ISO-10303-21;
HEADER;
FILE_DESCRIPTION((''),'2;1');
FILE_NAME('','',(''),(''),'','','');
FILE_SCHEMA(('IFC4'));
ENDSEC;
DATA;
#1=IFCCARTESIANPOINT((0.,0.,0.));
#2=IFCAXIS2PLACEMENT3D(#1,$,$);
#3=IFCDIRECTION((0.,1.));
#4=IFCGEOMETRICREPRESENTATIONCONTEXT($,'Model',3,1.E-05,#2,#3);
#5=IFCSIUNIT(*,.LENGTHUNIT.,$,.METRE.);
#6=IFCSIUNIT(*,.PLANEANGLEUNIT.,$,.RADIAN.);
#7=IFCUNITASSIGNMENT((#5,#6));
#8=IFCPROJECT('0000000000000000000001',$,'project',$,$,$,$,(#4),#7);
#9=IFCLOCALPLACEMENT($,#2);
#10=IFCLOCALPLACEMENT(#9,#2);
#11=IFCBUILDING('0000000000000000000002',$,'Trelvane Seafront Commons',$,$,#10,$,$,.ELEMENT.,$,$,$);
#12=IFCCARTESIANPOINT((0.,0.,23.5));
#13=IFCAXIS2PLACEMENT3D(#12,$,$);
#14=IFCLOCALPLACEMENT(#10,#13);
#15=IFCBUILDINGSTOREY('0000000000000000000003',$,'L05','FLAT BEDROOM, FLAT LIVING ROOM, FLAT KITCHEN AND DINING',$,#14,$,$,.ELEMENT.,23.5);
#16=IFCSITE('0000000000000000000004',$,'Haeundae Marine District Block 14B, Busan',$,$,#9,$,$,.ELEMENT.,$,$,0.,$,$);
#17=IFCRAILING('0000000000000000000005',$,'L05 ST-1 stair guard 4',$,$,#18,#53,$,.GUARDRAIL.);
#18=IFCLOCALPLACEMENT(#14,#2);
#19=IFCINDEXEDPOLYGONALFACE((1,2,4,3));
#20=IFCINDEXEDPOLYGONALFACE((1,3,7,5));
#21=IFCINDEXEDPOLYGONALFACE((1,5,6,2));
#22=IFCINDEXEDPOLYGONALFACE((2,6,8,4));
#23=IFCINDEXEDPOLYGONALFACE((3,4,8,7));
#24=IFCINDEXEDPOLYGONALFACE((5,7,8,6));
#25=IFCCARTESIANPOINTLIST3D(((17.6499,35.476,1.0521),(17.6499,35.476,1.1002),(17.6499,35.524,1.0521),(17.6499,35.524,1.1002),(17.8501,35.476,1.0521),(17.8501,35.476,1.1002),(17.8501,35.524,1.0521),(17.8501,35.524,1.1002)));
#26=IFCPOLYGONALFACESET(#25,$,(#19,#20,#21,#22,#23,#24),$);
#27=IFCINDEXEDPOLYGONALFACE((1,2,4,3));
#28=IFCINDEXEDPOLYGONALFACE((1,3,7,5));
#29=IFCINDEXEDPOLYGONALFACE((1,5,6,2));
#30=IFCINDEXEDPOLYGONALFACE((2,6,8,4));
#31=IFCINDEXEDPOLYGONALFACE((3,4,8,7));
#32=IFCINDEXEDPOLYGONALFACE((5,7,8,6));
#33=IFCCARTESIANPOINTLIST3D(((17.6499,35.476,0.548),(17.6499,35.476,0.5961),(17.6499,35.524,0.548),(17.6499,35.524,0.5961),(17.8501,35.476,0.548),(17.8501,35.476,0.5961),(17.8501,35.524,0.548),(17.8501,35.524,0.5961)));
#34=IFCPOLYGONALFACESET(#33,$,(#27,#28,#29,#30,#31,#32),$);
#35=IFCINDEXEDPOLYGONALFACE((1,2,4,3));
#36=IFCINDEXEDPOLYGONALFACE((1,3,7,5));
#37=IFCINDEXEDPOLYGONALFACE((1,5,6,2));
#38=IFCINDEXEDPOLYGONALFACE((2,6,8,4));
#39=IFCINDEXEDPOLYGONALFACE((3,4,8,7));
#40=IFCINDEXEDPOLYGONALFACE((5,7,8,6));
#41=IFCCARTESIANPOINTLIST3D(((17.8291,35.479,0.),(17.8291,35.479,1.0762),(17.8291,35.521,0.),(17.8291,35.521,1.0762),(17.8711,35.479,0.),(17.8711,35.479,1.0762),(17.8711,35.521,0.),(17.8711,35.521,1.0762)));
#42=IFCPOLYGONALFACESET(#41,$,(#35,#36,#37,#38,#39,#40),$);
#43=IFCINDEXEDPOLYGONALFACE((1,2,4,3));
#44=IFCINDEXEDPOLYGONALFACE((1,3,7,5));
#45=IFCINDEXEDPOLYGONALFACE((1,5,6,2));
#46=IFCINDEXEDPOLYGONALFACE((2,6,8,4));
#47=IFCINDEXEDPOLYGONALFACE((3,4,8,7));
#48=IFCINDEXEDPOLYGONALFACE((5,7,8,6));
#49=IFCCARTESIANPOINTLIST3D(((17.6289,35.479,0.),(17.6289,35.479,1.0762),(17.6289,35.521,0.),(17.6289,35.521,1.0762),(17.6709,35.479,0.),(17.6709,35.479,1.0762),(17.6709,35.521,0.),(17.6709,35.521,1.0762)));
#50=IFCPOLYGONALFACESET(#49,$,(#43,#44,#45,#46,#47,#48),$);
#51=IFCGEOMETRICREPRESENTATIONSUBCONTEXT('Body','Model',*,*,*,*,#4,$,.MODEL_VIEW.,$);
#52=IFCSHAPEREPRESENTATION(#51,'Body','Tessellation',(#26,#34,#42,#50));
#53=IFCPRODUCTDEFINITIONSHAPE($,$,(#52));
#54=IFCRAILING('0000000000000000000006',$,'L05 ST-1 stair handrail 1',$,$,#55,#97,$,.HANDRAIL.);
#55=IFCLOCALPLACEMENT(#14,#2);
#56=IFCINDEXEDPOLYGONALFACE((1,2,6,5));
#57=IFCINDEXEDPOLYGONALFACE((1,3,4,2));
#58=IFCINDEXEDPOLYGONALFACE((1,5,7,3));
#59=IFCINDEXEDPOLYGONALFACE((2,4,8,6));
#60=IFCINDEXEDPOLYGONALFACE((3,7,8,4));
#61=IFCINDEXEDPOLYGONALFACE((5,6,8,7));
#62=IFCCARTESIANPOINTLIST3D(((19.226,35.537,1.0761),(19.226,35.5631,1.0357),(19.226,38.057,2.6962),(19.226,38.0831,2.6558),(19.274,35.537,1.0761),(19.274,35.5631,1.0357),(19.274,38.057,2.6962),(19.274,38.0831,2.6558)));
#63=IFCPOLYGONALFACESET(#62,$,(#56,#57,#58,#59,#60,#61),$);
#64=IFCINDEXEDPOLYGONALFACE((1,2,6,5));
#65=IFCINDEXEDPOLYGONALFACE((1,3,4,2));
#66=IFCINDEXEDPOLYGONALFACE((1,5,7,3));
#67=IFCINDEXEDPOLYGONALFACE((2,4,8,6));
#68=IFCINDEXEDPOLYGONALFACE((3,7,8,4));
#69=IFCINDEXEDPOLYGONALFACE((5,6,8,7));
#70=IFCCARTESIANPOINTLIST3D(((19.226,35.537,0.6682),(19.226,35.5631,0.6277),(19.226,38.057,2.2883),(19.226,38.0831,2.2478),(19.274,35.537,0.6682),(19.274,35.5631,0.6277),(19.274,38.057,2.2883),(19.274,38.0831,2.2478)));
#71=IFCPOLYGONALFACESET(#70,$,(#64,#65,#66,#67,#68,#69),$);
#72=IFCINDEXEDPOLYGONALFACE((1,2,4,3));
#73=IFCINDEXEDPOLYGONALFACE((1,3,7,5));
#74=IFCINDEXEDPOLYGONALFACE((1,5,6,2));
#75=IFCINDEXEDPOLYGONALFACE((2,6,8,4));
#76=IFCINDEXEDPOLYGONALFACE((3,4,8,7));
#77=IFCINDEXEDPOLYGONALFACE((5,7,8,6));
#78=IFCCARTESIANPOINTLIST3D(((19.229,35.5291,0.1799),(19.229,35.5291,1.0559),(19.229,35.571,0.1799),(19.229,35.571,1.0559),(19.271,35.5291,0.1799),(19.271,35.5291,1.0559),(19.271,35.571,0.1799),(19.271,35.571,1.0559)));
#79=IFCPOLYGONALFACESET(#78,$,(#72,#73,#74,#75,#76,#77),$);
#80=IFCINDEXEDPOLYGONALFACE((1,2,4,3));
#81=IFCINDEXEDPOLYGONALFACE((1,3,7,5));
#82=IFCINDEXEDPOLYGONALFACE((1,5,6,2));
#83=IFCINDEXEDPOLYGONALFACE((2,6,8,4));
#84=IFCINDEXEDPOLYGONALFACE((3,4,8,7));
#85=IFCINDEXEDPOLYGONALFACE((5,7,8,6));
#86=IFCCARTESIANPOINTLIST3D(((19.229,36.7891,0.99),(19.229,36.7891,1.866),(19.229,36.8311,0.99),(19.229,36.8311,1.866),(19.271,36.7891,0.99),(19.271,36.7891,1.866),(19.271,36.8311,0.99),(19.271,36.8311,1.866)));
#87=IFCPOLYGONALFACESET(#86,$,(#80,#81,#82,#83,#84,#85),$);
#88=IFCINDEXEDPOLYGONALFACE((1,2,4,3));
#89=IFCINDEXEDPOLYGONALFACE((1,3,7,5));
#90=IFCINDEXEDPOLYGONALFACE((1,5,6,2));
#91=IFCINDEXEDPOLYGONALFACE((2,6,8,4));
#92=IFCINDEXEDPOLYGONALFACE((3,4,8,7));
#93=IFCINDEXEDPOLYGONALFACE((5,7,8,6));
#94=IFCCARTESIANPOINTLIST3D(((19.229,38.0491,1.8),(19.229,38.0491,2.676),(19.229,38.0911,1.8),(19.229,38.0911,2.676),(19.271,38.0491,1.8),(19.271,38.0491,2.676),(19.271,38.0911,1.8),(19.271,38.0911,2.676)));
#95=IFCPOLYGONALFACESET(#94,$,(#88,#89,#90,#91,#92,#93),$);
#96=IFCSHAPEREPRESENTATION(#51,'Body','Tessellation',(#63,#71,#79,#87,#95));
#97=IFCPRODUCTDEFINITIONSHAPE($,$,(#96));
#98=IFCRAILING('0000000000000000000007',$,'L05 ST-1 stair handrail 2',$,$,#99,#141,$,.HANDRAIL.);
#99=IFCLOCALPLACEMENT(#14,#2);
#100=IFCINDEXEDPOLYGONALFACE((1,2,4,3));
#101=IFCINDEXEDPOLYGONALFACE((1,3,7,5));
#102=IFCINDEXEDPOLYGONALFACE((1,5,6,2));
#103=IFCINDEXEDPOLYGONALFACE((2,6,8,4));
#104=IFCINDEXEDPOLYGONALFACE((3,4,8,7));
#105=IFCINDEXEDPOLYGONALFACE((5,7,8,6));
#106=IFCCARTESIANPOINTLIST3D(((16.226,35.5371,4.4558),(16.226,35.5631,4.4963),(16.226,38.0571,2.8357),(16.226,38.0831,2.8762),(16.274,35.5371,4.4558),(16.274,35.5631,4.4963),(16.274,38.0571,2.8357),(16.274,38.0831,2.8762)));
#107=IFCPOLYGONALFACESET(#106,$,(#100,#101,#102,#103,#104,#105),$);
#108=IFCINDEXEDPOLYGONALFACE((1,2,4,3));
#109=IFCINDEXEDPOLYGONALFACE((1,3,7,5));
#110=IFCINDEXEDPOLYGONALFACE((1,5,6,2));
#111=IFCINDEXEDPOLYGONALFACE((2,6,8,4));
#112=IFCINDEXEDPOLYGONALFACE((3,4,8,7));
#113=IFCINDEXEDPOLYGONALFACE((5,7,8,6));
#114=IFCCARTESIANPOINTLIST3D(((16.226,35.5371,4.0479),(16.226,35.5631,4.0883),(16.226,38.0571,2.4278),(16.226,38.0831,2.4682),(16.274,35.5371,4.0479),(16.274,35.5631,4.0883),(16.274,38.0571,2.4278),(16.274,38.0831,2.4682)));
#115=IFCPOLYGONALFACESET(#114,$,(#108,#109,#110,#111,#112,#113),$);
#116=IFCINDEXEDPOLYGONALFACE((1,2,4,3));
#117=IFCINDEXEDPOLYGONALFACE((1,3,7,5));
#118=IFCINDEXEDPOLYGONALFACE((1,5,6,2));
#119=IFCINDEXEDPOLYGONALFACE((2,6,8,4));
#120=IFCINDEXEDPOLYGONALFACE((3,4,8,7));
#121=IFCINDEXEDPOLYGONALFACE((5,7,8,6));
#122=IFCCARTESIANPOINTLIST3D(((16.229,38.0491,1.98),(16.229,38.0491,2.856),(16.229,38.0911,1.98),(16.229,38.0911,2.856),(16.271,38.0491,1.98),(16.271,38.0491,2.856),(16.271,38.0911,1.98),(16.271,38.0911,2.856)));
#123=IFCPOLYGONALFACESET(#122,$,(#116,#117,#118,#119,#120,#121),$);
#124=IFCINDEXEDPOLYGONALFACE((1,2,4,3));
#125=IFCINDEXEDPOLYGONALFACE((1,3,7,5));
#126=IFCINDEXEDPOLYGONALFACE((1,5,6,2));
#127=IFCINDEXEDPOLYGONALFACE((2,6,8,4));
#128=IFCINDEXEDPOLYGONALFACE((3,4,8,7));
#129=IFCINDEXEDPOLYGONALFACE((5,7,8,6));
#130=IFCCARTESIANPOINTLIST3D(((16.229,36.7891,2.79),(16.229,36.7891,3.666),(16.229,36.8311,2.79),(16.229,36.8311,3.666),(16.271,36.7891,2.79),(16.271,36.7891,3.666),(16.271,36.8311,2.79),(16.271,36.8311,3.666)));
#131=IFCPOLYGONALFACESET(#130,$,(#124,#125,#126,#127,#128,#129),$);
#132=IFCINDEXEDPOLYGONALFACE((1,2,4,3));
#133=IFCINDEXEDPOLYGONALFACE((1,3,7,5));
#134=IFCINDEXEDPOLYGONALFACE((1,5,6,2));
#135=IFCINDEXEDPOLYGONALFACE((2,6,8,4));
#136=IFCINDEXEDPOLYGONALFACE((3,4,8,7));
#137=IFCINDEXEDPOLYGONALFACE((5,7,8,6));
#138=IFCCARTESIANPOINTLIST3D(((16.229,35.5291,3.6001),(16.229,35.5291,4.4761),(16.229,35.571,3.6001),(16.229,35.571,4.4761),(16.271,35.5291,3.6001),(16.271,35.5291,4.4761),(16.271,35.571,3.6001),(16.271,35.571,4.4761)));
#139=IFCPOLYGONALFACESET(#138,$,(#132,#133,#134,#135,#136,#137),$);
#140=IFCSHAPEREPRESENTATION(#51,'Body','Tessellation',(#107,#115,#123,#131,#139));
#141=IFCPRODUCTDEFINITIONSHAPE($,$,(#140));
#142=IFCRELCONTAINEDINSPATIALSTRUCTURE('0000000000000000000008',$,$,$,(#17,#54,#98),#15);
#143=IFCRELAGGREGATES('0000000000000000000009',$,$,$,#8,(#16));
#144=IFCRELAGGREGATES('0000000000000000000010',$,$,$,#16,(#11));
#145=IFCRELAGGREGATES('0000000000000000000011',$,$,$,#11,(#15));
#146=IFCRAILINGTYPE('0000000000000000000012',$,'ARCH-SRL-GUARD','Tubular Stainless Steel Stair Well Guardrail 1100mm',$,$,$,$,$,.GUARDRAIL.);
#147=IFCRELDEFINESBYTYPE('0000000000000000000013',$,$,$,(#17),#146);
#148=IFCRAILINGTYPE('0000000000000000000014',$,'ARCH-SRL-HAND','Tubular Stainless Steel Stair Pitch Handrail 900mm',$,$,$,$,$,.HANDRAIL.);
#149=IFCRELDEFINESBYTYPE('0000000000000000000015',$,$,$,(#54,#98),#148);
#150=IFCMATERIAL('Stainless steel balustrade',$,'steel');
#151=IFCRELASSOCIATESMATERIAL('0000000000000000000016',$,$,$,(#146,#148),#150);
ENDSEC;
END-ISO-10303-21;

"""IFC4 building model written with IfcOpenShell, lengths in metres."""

from ifc_helpers import new_model, si_unit, direction, frame, origin, origin_2d, place, context, subcontext, project, spatial, rectangle, extrude, material, type_object, element, save


model = new_model("IFC4")

# Units and contexts
model_context = context("Model", 3, precision=1e-05, world=origin(), true_north=direction((0.0, 1.0)))
body_context = subcontext(model_context, "Body", "Model", "MODEL_VIEW")
ifc_project = project(units=[si_unit("LENGTHUNIT", "METRE"), si_unit("PLANEANGLEUNIT", "RADIAN")], contexts=[model_context])

# Site, building, storey
site_placement = place(None, origin())
site = spatial("IfcSite", under=ifc_project, at=site_placement, Name="Haeundae Marine District Block 14B, Busan", CompositionType="ELEMENT", RefElevation=0.0)
building_placement = place(site_placement, origin())
building = spatial("IfcBuilding", under=site, at=building_placement, Name="Trelvane Seafront Commons", CompositionType="ELEMENT")
storey_placement = place(building_placement, frame((0.0, 0.0, 23.5)))
storey = spatial("IfcBuildingStorey", under=building, at=storey_placement, Name="L05", Description="FLAT BEDROOM, FLAT LIVING ROOM, FLAT KITCHEN AND DINING", CompositionType="ELEMENT", Elevation=23.5)

# Railings
ifc_material_1 = material(Name="Stainless steel balustrade", Category="steel")
railing_type_1 = type_object("IfcRailingType", Name="ARCH-SRL-GUARD", Description="Tubular Stainless Steel Stair Well Guardrail 1100mm", PredefinedType="GUARDRAIL", material=ifc_material_1)
railing_1_placement = place(storey_placement, frame((17.8501, 35.5, 0.0)))
element("IfcRailing", 1, at=railing_1_placement, inside=storey, type_object=railing_type_1, Name="L05 ST-1 stair guard 4", PredefinedType="GUARDRAIL", context=body_context, shape_type="SweptSolid", body=[
    extrude(rectangle(XDim=0.0481, YDim=0.0481, at=origin_2d()), frame((0.0, 0.0, 1.0762), z_axis=(-1.0, 0.0, 0.0), x_axis=(0.0, -1.0, 0.0)), (0.0, 0.0, 1.0), 0.2002),
    extrude(rectangle(XDim=0.0481, YDim=0.0481, at=origin_2d()), frame((0.0, 0.0, 0.572), z_axis=(-1.0, 0.0, 0.0), x_axis=(0.0, -1.0, 0.0)), (0.0, 0.0, 1.0), 0.2002),
    extrude(rectangle(XDim=0.042, YDim=0.042, at=origin_2d()), origin(), (0.0, 0.0, 1.0), 1.0762),
    extrude(rectangle(XDim=0.042, YDim=0.042, at=origin_2d()), frame((-0.2002, 0.0, 0.0)), (0.0, 0.0, 1.0), 1.0762),
])
railing_type_2 = type_object("IfcRailingType", Name="ARCH-SRL-HAND", Description="Tubular Stainless Steel Stair Pitch Handrail 900mm", PredefinedType="HANDRAIL", material=ifc_material_1)
railing_2_placement = place(storey_placement, frame((19.25, 35.55, 0.1799)))
element("IfcRailing", 2, at=railing_2_placement, inside=storey, type_object=railing_type_2, Name="L05 ST-1 stair handrail 1", PredefinedType="HANDRAIL", context=body_context, shape_type="SweptSolid", body=[
    extrude(rectangle(XDim=0.0481, YDim=0.0481, at=origin_2d()), frame((0.0, 0.0, 0.876), z_axis=(0.0, 0.841163, 0.540782), x_axis=(-1.0, 0.0, 0.0)), (0.0, 0.0, 1.0), 2.9958),
    extrude(rectangle(XDim=0.0481, YDim=0.0481, at=origin_2d()), frame((0.0, 0.0, 0.468), z_axis=(0.0, 0.841163, 0.540782), x_axis=(-1.0, 0.0, 0.0)), (0.0, 0.0, 1.0), 2.9958),
    extrude(rectangle(XDim=0.042, YDim=0.042, at=origin_2d()), origin(), (0.0, 0.0, 1.0), 0.876),
    extrude(rectangle(XDim=0.042, YDim=0.042, at=origin_2d()), frame((0.0, 1.26, 0.8101)), (0.0, 0.0, 1.0), 0.876),
    extrude(rectangle(XDim=0.042, YDim=0.042, at=origin_2d()), frame((0.0, 2.52, 1.6201)), (0.0, 0.0, 1.0), 0.876),
])
railing_3_placement = place(storey_placement, frame((16.25, 38.0701, 1.98)))
element("IfcRailing", 3, at=railing_3_placement, inside=storey, type_object=railing_type_2, Name="L05 ST-1 stair handrail 2", PredefinedType="HANDRAIL", context=body_context, shape_type="SweptSolid", body=[
    extrude(rectangle(XDim=0.0481, YDim=0.0481, at=origin_2d()), frame((0.0, 0.0, 0.876), z_axis=(0.0, -0.841163, 0.540782), x_axis=(1.0, 0.0, 0.0)), (0.0, 0.0, 1.0), 2.9958),
    extrude(rectangle(XDim=0.0481, YDim=0.0481, at=origin_2d()), frame((0.0, 0.0, 0.468), z_axis=(0.0, -0.841163, 0.540782), x_axis=(1.0, 0.0, 0.0)), (0.0, 0.0, 1.0), 2.9958),
    extrude(rectangle(XDim=0.042, YDim=0.042, at=origin_2d()), origin(), (0.0, 0.0, 1.0), 0.876),
    extrude(rectangle(XDim=0.042, YDim=0.042, at=origin_2d()), frame((0.0, -1.26, 0.8101)), (0.0, 0.0, 1.0), 0.876),
    extrude(rectangle(XDim=0.042, YDim=0.042, at=origin_2d()), frame((0.0, -2.52, 1.6201)), (0.0, 0.0, 1.0), 0.876),
])

save(model, "model.ifc")
